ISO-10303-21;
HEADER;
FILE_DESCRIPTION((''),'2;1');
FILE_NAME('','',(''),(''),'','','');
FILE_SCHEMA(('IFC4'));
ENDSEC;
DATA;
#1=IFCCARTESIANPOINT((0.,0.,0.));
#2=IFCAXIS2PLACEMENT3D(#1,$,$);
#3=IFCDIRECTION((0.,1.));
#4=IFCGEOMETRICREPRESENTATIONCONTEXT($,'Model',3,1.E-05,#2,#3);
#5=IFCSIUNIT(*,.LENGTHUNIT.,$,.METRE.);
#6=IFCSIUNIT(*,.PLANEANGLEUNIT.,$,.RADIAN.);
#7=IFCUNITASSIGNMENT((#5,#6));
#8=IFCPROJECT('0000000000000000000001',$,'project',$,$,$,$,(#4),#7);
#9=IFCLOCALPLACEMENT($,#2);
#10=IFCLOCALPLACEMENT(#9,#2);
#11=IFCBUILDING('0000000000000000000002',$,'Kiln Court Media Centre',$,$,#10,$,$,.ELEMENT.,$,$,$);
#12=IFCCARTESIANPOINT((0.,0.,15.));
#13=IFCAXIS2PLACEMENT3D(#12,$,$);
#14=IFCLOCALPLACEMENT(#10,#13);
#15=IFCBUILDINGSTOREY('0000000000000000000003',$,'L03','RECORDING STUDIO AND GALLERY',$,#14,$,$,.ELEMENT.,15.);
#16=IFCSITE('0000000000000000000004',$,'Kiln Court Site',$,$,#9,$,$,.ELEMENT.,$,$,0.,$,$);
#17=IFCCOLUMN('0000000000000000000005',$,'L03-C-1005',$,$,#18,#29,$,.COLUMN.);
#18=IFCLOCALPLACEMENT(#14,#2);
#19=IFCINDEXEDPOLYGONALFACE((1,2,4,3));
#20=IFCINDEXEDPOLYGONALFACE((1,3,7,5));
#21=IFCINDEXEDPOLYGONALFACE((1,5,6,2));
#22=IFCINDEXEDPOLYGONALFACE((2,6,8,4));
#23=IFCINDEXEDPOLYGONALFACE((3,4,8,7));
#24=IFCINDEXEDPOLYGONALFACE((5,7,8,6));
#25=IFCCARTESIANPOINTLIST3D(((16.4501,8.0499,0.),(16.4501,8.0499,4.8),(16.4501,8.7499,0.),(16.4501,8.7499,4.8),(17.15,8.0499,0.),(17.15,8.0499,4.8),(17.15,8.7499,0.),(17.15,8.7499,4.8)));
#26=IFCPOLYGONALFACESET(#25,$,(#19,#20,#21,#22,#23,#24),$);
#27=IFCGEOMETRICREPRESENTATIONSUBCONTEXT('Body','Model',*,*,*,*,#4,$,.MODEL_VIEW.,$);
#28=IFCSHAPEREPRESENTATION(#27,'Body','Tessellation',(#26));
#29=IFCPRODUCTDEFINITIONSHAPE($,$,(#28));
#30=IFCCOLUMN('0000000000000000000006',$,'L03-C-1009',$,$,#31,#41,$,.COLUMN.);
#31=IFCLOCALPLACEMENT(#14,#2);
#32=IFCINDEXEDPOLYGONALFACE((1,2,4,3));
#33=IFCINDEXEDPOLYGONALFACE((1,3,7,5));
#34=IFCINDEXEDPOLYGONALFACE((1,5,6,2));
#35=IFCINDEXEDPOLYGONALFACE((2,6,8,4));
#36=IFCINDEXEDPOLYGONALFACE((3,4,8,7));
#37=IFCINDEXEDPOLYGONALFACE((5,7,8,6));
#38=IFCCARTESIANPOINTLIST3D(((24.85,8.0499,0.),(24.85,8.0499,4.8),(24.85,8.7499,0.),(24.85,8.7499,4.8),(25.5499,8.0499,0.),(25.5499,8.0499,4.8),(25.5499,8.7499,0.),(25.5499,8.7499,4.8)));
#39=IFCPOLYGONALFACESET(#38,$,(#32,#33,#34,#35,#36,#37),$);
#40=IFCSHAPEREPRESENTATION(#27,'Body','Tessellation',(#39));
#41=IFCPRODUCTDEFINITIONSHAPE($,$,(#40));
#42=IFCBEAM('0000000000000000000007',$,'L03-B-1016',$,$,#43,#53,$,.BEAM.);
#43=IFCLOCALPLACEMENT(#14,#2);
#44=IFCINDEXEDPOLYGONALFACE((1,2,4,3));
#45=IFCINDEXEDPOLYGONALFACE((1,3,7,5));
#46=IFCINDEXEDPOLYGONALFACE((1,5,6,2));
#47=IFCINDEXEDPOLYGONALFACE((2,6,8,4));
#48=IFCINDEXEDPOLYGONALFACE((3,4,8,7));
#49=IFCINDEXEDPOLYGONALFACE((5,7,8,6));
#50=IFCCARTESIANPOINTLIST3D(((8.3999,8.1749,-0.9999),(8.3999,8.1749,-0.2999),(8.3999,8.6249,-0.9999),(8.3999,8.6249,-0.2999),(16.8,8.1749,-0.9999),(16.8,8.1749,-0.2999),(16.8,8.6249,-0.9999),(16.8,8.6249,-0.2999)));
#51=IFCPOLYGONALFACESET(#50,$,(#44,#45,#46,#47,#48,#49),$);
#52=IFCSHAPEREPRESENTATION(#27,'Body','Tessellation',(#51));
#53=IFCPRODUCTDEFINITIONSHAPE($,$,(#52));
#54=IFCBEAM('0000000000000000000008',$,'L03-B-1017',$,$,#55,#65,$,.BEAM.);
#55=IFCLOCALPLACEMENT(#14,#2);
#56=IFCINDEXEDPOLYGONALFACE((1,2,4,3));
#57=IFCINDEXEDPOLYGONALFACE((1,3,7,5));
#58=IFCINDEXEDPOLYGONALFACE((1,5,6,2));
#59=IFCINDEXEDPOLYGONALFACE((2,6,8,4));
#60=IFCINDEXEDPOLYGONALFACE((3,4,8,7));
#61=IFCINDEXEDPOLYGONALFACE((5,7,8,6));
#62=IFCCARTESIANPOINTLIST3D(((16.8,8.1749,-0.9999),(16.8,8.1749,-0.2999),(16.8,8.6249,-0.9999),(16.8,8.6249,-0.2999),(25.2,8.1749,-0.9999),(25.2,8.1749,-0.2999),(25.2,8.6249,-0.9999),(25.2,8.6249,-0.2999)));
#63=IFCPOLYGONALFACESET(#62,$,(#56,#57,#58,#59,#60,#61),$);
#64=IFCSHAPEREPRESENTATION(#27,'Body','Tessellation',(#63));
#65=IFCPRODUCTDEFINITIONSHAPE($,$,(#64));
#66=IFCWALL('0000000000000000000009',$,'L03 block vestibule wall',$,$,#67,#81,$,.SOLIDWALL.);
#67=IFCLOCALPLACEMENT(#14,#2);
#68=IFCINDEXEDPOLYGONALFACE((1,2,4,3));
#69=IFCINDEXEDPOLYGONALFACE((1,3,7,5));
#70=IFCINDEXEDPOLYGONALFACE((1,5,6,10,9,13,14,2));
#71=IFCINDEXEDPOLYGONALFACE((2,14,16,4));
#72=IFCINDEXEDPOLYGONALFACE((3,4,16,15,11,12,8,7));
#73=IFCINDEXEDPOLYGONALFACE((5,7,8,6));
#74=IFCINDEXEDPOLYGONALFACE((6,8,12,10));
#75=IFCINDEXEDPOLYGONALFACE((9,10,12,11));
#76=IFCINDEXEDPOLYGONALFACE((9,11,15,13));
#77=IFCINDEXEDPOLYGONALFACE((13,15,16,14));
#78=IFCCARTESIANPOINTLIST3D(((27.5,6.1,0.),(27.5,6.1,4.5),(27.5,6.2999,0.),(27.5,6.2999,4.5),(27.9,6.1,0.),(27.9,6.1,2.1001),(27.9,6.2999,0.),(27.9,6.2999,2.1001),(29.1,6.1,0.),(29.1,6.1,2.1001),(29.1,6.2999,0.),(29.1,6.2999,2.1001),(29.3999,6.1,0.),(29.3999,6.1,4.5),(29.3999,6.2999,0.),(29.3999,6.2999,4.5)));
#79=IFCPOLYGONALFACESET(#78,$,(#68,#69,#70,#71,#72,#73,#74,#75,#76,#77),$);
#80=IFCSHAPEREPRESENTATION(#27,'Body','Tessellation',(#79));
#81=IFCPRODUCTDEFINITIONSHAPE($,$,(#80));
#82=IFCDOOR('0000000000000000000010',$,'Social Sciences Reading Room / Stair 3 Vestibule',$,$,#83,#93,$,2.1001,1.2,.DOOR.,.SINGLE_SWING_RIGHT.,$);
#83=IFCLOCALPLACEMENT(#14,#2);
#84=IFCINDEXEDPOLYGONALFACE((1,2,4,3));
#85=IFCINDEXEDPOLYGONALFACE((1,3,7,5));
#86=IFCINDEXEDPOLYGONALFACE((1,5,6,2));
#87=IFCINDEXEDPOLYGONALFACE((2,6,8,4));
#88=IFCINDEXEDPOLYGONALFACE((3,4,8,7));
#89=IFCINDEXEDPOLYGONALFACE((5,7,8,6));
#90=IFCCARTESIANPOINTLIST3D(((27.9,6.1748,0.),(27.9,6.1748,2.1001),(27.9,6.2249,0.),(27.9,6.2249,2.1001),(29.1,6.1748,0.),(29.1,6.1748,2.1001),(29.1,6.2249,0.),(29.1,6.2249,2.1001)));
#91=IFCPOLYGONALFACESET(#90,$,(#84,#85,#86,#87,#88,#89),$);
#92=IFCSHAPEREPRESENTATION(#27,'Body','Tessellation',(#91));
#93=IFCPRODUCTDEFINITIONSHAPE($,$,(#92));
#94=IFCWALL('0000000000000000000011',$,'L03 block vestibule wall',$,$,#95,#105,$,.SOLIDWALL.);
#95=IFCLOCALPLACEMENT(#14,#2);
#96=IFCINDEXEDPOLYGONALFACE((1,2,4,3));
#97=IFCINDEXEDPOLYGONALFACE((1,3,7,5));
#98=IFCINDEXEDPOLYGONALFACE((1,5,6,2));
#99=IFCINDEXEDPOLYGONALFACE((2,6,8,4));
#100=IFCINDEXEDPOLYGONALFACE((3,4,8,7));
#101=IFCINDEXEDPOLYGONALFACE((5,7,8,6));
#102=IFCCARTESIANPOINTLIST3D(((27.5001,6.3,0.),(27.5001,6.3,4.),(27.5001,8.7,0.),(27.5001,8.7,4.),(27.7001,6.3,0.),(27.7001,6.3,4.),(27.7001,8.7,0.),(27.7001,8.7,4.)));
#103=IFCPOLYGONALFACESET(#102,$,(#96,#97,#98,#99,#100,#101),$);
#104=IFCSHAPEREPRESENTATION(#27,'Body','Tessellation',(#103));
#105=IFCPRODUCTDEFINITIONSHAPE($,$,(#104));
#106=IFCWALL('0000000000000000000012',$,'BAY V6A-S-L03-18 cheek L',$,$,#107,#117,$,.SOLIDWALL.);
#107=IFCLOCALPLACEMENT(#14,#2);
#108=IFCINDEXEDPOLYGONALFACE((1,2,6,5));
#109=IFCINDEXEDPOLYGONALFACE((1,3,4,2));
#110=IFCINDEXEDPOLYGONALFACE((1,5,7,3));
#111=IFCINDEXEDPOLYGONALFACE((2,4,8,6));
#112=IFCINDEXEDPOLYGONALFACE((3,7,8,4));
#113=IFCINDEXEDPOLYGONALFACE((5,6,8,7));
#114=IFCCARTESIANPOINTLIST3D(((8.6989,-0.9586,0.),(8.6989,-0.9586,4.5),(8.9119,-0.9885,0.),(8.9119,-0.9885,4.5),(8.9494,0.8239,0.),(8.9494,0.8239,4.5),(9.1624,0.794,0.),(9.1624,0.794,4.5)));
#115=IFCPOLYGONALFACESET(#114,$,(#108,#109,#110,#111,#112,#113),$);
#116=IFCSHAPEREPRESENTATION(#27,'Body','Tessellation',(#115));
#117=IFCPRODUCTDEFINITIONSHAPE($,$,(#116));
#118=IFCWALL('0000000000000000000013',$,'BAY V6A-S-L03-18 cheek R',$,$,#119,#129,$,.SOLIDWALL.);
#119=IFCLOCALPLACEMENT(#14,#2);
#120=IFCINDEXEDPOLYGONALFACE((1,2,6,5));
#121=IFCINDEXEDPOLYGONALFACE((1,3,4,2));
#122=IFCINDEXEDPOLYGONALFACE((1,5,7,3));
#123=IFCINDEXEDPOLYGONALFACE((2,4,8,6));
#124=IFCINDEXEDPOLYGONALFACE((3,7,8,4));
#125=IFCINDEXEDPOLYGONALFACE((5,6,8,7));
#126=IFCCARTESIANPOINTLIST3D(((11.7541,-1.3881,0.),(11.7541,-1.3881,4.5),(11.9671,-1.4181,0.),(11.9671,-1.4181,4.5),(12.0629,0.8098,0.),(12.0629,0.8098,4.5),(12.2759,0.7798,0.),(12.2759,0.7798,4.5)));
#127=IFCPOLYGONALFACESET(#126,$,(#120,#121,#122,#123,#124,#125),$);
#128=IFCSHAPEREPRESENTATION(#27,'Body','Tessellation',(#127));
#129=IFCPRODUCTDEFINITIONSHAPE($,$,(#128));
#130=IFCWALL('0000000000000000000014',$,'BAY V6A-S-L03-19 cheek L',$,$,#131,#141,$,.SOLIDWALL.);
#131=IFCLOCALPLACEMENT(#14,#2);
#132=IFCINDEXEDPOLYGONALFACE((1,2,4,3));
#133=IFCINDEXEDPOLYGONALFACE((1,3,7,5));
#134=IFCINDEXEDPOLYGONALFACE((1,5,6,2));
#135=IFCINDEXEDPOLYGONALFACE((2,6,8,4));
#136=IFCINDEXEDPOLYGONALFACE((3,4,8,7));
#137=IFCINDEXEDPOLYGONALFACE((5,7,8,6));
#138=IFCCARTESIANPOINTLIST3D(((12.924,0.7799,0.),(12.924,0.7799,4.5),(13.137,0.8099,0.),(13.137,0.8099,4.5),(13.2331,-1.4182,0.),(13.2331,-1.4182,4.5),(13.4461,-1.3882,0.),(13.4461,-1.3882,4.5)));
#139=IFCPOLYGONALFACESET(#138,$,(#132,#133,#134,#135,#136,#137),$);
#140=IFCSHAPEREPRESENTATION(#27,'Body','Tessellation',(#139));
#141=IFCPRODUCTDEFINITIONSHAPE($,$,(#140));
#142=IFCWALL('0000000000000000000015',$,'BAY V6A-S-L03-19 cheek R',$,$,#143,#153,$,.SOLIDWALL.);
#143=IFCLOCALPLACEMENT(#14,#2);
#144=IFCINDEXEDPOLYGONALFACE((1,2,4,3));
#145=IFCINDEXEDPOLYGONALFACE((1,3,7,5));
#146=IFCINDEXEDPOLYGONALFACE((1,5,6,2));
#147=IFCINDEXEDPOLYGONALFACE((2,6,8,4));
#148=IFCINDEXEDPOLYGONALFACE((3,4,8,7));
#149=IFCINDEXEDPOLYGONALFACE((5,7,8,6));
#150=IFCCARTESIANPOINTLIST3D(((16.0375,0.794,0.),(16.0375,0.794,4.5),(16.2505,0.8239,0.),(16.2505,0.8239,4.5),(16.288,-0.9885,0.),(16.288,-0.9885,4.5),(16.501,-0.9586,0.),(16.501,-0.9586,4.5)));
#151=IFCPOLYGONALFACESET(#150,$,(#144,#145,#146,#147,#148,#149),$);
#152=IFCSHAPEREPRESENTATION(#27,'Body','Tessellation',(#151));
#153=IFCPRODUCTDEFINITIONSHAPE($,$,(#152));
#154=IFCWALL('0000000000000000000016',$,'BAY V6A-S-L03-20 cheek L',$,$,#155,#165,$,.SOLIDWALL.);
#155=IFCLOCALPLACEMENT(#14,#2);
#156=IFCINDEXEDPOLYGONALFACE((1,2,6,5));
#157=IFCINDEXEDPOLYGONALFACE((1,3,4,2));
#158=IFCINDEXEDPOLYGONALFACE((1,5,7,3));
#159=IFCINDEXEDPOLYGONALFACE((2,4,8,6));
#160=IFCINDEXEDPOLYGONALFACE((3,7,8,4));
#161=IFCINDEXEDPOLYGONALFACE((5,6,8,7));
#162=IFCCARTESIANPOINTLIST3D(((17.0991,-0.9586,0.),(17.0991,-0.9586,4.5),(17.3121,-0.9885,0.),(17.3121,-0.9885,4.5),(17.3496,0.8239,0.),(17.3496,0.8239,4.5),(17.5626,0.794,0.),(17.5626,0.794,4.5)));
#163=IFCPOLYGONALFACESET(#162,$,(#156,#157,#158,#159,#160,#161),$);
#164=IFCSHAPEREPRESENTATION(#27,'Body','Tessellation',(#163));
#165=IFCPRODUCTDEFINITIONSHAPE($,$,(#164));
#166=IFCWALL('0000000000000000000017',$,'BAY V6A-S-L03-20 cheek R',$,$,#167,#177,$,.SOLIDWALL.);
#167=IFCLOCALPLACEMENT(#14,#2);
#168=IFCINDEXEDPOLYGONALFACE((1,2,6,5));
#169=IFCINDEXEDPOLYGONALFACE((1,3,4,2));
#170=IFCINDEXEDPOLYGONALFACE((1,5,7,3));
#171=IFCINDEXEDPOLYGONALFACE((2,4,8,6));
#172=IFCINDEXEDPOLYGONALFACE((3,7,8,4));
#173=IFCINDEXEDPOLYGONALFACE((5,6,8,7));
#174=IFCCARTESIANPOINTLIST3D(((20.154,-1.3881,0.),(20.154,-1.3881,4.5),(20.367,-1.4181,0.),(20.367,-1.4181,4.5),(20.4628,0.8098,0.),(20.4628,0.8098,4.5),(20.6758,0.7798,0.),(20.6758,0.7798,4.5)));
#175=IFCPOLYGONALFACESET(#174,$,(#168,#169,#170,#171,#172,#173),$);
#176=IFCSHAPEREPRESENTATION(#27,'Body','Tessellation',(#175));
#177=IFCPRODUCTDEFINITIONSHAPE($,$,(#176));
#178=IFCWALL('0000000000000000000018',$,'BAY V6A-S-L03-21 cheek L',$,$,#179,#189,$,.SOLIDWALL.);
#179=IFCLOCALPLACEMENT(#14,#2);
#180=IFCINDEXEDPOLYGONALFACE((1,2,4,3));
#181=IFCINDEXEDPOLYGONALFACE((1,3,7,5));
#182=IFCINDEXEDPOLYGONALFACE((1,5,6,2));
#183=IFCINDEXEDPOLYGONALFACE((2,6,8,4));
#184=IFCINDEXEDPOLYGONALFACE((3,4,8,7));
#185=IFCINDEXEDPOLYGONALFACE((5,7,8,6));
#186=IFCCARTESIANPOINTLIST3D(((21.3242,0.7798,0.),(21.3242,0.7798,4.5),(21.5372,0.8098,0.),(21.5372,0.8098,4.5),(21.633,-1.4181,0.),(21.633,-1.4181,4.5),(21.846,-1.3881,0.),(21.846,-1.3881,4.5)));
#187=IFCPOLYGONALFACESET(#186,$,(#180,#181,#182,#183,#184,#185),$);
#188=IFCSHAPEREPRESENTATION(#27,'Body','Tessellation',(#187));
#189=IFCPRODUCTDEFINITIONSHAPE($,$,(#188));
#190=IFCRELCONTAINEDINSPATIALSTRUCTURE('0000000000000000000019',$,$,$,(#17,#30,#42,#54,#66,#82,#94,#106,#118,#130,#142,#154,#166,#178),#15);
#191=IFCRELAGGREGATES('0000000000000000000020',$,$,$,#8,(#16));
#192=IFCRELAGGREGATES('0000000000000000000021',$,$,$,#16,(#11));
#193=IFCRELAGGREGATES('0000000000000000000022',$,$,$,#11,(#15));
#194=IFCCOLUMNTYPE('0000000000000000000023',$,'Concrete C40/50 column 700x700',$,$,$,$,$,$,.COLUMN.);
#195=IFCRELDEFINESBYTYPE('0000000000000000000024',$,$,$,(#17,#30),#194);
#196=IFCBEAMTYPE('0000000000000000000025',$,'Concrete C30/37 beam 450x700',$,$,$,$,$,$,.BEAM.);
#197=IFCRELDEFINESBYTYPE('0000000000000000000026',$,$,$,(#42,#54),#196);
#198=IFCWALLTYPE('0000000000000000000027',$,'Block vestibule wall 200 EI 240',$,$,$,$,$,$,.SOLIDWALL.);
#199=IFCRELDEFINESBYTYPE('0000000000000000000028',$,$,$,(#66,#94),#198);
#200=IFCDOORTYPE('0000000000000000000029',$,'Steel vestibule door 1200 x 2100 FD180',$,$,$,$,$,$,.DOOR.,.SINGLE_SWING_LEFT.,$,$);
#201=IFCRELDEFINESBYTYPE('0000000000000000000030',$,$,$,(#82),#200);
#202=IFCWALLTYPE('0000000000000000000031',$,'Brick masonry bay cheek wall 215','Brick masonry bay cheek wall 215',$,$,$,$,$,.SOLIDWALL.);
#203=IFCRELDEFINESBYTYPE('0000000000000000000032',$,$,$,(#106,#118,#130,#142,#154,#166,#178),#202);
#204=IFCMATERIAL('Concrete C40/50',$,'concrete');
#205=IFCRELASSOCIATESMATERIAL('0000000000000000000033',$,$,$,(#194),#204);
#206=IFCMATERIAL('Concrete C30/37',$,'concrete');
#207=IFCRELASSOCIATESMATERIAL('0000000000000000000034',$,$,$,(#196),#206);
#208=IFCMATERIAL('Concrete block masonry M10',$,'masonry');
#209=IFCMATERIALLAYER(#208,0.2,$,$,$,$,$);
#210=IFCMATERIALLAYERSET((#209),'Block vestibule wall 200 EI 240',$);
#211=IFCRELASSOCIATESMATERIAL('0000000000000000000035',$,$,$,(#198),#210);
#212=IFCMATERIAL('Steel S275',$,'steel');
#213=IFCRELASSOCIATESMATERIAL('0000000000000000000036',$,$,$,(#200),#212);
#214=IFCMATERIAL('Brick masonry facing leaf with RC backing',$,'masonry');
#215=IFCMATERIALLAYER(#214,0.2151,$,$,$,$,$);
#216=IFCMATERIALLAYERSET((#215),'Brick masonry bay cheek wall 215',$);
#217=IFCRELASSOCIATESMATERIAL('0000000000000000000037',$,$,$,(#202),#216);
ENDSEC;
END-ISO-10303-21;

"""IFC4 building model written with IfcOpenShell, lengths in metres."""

from ifc_helpers import new_model, si_unit, direction, frame, frame_2d, origin, origin_2d, place, context, subcontext, project, spatial, rectangle, extrude, material, layer, layer_set, material_profile, profile_set, type_object, element, fill, save


model = new_model("IFC4")

# Units and contexts
model_context = context("Model", 3, precision=1e-05, world=origin(), true_north=direction((0.0, 1.0)))
body_context = subcontext(model_context, "Body", "Model", "MODEL_VIEW")
ifc_project = project(units=[si_unit("LENGTHUNIT", "METRE"), si_unit("PLANEANGLEUNIT", "RADIAN")], contexts=[model_context])

# Site, building, storey
site_placement = place(None, origin())
site = spatial("IfcSite", under=ifc_project, at=site_placement, Name="Kiln Court Site", CompositionType="ELEMENT", RefElevation=0.0)
building_placement = place(site_placement, origin())
building = spatial("IfcBuilding", under=site, at=building_placement, Name="Kiln Court Media Centre", CompositionType="ELEMENT")
storey_placement = place(building_placement, frame((0.0, 0.0, 15.0)))
storey = spatial("IfcBuildingStorey", under=building, at=storey_placement, Name="L03", Description="RECORDING STUDIO AND GALLERY", CompositionType="ELEMENT", Elevation=15.0)

# Columns
ifc_material_1 = material(Name="Concrete C40/50", Category="concrete")
ifc_material_profile_1 = material_profile(ifc_material_1, rectangle(XDim=0.7, YDim=0.7, at=origin_2d()), Name="RC 700x700")
ifc_profile_set_1 = profile_set([ifc_material_profile_1], Name="Concrete C40/50")
column_type = type_object("IfcColumnType", Name="Concrete C40/50 column 700x700", PredefinedType="COLUMN", material=ifc_profile_set_1)
for number, where, z_axis, x_axis, name in (
    (1, (16.8, 8.3999, 0.0), (0.0, 0.0, 1.0), (1.0, 0.0, 0.0), "L03-C-1005"),
    (2, (25.2, 8.3999, 0.0), (0.0, 0.0, 1.0), (1.0, 0.0, 0.0), "L03-C-1009"),
):
    element("IfcColumn", number, at=place(storey_placement, frame(where, z_axis=z_axis, x_axis=x_axis)), inside=storey, type_object=column_type, Name=name, PredefinedType="COLUMN", context=body_context, shape_type="SweptSolid", body=[
        extrude(rectangle(XDim=0.7, YDim=0.7, at=origin_2d()), origin(), (0.0, 0.0, 1.0), 4.8),
    ])

# Beams
ifc_material_2 = material(Name="Concrete C30/37", Category="concrete")
ifc_material_profile_2 = material_profile(ifc_material_2, rectangle(XDim=0.45, YDim=0.7, at=origin_2d()), Name="RC 450x700")
ifc_profile_set_2 = profile_set([ifc_material_profile_2], Name="Concrete C30/37")
beam_type = type_object("IfcBeamType", Name="Concrete C30/37 beam 450x700", PredefinedType="BEAM", material=ifc_profile_set_2)
beam_1_placement = place(storey_placement, frame((8.3999, 8.3999, -0.6499), z_axis=(1.0, 0.0, 0.0), x_axis=(0.0, 1.0, 0.0)))
element("IfcBeam", 3, at=beam_1_placement, inside=storey, type_object=beam_type, Name="L03-B-1016", PredefinedType="BEAM", context=body_context, shape_type="SweptSolid", body=[
    extrude(rectangle(XDim=0.45, YDim=0.7, at=origin_2d()), origin(), (0.0, 0.0, 1.0), 8.4001),
])
beam_2_placement = place(storey_placement, frame((16.8, 8.3999, -0.6499), z_axis=(1.0, 0.0, 0.0), x_axis=(0.0, 1.0, 0.0)))
element("IfcBeam", 4, at=beam_2_placement, inside=storey, type_object=beam_type, Name="L03-B-1017", PredefinedType="BEAM", context=body_context, shape_type="SweptSolid", body=[
    extrude(rectangle(XDim=0.45, YDim=0.7, at=origin_2d()), origin(), (0.0, 0.0, 1.0), 8.3999),
])

# Wall, opening, door
ifc_material_3 = material(Name="Concrete block masonry M10", Category="masonry")
ifc_layer_1 = layer(ifc_material_3, 0.2)
ifc_layer_set_1 = layer_set([ifc_layer_1], Name="Block vestibule wall 200 EI 240")
wall_type_1 = type_object("IfcWallType", Name="Block vestibule wall 200 EI 240", PredefinedType="SOLIDWALL", material=ifc_layer_set_1)
wall_1_placement = place(storey_placement, frame((27.5, 6.2, 0.0), z_axis=(0.0, 0.0, 1.0), x_axis=(1.0, 0.0, 0.0)))
wall_1 = element("IfcWall", 5, at=wall_1_placement, inside=storey, type_object=wall_type_1, Name="L03 block vestibule wall", PredefinedType="SOLIDWALL", context=body_context, shape_type="SweptSolid", body=[
    extrude(rectangle(XDim=1.8999, YDim=0.2, at=frame_2d((0.95, 0.0))), origin(), (0.0, 0.0, 1.0), 4.5),
])
opening_1_placement = place(wall_1_placement, frame((0.3999, 0.0, 0.0)))
opening_1 = element("IfcOpeningElement", 6, at=opening_1_placement, cuts=wall_1, PredefinedType="OPENING", context=body_context, shape_type="SweptSolid", body=[
    extrude(rectangle(XDim=1.2, YDim=2.1001, at=frame_2d((0.6001, 1.05))), frame((0.0, 0.1099, 0.0), z_axis=(0.0, -1.0, 0.0), x_axis=(1.0, 0.0, 0.0)), (0.0, 0.0, 1.0), 0.22),
])
ifc_material_4 = material(Name="Steel S275", Category="steel")
door_type_1 = type_object("IfcDoorType", Name="Steel vestibule door 1200 x 2100 FD180", OperationType="SINGLE_SWING_LEFT", PredefinedType="DOOR", material=ifc_material_4)
door_1_placement = place(opening_1_placement, origin())
door_1 = element("IfcDoor", 7, at=door_1_placement, inside=storey, type_object=door_type_1, Name="Social Sciences Reading Room / Stair 3 Vestibule", OperationType="SINGLE_SWING_RIGHT", OverallHeight=2.1001, OverallWidth=1.2, PredefinedType="DOOR", context=body_context, shape_type="SweptSolid", body=[
    extrude(rectangle(XDim=1.2, YDim=2.1001, at=frame_2d((0.6001, 1.05))), frame((0.0, 0.0249, 0.0), z_axis=(0.0, -1.0, 0.0), x_axis=(1.0, 0.0, 0.0)), (0.0, 0.0, 1.0), 0.05),
])
fill(opening_1, door_1)

# Walls
wall_2_placement = place(storey_placement, frame((27.6001, 6.3, 0.0), z_axis=(0.0, 0.0, 1.0), x_axis=(0.0, 1.0, 0.0)))
element("IfcWall", 8, at=wall_2_placement, inside=storey, type_object=wall_type_1, Name="L03 block vestibule wall", PredefinedType="SOLIDWALL", context=body_context, shape_type="SweptSolid", body=[
    extrude(rectangle(XDim=2.3999, YDim=0.2, at=frame_2d((1.2, 0.0))), origin(), (0.0, 0.0, 1.0), 4.0),
])
ifc_material_5 = material(Name="Brick masonry facing leaf with RC backing", Category="masonry")
ifc_layer_2 = layer(ifc_material_5, 0.2151)
ifc_layer_set_2 = layer_set([ifc_layer_2], Name="Brick masonry bay cheek wall 215")
wall_type_2 = type_object("IfcWallType", Name="Brick masonry bay cheek wall 215", Description="Brick masonry bay cheek wall 215", PredefinedType="SOLIDWALL", material=ifc_layer_set_2)
wall_3_placement = place(storey_placement, frame((9.0559, 0.8088, 0.0), z_axis=(0.0, 0.0, 1.0), x_axis=(-0.139161, -0.99027, 0.0)))
element("IfcWall", 9, at=wall_3_placement, inside=storey, type_object=wall_type_2, Name="BAY V6A-S-L03-18 cheek L", PredefinedType="SOLIDWALL", context=body_context, shape_type="SweptSolid", body=[
    extrude(rectangle(XDim=1.8, YDim=0.2151, at=frame_2d((0.8999, 0.0))), origin(), (0.0, 0.0, 1.0), 4.5),
])
wall_4_placement = place(storey_placement, frame((12.1694, 0.7949, 0.0), z_axis=(0.0, 0.0, 1.0), x_axis=(-0.139142, -0.990272, 0.0)))
element("IfcWall", 10, at=wall_4_placement, inside=storey, type_object=wall_type_2, Name="BAY V6A-S-L03-18 cheek R", PredefinedType="SOLIDWALL", context=body_context, shape_type="SweptSolid", body=[
    extrude(rectangle(XDim=2.2195, YDim=0.2151, at=frame_2d((1.1099, 0.0))), origin(), (0.0, 0.0, 1.0), 4.5),
])
wall_5_placement = place(storey_placement, frame((13.0305, 0.7949, 0.0), z_axis=(0.0, 0.0, 1.0), x_axis=(0.13925, -0.990257, 0.0)))
element("IfcWall", 11, at=wall_5_placement, inside=storey, type_object=wall_type_2, Name="BAY V6A-S-L03-19 cheek L", PredefinedType="SOLIDWALL", context=body_context, shape_type="SweptSolid", body=[
    extrude(rectangle(XDim=2.2197, YDim=0.2151, at=frame_2d((1.1099, 0.0))), origin(), (0.0, 0.0, 1.0), 4.5),
])
for number, where, z_axis, x_axis, name in (
    (12, (16.144, 0.8088, 0.0), (0.0, 0.0, 1.0), (0.139161, -0.99027, 0.0), "BAY V6A-S-L03-19 cheek R"),
    (13, (17.4561, 0.8088, 0.0), (0.0, 0.0, 1.0), (-0.139161, -0.99027, 0.0), "BAY V6A-S-L03-20 cheek L"),
):
    element("IfcWall", number, at=place(storey_placement, frame(where, z_axis=z_axis, x_axis=x_axis)), inside=storey, type_object=wall_type_2, Name=name, PredefinedType="SOLIDWALL", context=body_context, shape_type="SweptSolid", body=[
        extrude(rectangle(XDim=1.8, YDim=0.2151, at=frame_2d((0.8999, 0.0))), origin(), (0.0, 0.0, 1.0), 4.5),
    ])
for number, where, z_axis, x_axis, name in (
    (14, (20.5693, 0.7949, 0.0), (0.0, 0.0, 1.0), (-0.139142, -0.990272, 0.0), "BAY V6A-S-L03-20 cheek R"),
    (15, (21.4307, 0.7949, 0.0), (0.0, 0.0, 1.0), (0.139142, -0.990272, 0.0), "BAY V6A-S-L03-21 cheek L"),
):
    element("IfcWall", number, at=place(storey_placement, frame(where, z_axis=z_axis, x_axis=x_axis)), inside=storey, type_object=wall_type_2, Name=name, PredefinedType="SOLIDWALL", context=body_context, shape_type="SweptSolid", body=[
        extrude(rectangle(XDim=2.2195, YDim=0.2151, at=frame_2d((1.1099, 0.0))), origin(), (0.0, 0.0, 1.0), 4.5),
    ])

save(model, "model.ifc")
